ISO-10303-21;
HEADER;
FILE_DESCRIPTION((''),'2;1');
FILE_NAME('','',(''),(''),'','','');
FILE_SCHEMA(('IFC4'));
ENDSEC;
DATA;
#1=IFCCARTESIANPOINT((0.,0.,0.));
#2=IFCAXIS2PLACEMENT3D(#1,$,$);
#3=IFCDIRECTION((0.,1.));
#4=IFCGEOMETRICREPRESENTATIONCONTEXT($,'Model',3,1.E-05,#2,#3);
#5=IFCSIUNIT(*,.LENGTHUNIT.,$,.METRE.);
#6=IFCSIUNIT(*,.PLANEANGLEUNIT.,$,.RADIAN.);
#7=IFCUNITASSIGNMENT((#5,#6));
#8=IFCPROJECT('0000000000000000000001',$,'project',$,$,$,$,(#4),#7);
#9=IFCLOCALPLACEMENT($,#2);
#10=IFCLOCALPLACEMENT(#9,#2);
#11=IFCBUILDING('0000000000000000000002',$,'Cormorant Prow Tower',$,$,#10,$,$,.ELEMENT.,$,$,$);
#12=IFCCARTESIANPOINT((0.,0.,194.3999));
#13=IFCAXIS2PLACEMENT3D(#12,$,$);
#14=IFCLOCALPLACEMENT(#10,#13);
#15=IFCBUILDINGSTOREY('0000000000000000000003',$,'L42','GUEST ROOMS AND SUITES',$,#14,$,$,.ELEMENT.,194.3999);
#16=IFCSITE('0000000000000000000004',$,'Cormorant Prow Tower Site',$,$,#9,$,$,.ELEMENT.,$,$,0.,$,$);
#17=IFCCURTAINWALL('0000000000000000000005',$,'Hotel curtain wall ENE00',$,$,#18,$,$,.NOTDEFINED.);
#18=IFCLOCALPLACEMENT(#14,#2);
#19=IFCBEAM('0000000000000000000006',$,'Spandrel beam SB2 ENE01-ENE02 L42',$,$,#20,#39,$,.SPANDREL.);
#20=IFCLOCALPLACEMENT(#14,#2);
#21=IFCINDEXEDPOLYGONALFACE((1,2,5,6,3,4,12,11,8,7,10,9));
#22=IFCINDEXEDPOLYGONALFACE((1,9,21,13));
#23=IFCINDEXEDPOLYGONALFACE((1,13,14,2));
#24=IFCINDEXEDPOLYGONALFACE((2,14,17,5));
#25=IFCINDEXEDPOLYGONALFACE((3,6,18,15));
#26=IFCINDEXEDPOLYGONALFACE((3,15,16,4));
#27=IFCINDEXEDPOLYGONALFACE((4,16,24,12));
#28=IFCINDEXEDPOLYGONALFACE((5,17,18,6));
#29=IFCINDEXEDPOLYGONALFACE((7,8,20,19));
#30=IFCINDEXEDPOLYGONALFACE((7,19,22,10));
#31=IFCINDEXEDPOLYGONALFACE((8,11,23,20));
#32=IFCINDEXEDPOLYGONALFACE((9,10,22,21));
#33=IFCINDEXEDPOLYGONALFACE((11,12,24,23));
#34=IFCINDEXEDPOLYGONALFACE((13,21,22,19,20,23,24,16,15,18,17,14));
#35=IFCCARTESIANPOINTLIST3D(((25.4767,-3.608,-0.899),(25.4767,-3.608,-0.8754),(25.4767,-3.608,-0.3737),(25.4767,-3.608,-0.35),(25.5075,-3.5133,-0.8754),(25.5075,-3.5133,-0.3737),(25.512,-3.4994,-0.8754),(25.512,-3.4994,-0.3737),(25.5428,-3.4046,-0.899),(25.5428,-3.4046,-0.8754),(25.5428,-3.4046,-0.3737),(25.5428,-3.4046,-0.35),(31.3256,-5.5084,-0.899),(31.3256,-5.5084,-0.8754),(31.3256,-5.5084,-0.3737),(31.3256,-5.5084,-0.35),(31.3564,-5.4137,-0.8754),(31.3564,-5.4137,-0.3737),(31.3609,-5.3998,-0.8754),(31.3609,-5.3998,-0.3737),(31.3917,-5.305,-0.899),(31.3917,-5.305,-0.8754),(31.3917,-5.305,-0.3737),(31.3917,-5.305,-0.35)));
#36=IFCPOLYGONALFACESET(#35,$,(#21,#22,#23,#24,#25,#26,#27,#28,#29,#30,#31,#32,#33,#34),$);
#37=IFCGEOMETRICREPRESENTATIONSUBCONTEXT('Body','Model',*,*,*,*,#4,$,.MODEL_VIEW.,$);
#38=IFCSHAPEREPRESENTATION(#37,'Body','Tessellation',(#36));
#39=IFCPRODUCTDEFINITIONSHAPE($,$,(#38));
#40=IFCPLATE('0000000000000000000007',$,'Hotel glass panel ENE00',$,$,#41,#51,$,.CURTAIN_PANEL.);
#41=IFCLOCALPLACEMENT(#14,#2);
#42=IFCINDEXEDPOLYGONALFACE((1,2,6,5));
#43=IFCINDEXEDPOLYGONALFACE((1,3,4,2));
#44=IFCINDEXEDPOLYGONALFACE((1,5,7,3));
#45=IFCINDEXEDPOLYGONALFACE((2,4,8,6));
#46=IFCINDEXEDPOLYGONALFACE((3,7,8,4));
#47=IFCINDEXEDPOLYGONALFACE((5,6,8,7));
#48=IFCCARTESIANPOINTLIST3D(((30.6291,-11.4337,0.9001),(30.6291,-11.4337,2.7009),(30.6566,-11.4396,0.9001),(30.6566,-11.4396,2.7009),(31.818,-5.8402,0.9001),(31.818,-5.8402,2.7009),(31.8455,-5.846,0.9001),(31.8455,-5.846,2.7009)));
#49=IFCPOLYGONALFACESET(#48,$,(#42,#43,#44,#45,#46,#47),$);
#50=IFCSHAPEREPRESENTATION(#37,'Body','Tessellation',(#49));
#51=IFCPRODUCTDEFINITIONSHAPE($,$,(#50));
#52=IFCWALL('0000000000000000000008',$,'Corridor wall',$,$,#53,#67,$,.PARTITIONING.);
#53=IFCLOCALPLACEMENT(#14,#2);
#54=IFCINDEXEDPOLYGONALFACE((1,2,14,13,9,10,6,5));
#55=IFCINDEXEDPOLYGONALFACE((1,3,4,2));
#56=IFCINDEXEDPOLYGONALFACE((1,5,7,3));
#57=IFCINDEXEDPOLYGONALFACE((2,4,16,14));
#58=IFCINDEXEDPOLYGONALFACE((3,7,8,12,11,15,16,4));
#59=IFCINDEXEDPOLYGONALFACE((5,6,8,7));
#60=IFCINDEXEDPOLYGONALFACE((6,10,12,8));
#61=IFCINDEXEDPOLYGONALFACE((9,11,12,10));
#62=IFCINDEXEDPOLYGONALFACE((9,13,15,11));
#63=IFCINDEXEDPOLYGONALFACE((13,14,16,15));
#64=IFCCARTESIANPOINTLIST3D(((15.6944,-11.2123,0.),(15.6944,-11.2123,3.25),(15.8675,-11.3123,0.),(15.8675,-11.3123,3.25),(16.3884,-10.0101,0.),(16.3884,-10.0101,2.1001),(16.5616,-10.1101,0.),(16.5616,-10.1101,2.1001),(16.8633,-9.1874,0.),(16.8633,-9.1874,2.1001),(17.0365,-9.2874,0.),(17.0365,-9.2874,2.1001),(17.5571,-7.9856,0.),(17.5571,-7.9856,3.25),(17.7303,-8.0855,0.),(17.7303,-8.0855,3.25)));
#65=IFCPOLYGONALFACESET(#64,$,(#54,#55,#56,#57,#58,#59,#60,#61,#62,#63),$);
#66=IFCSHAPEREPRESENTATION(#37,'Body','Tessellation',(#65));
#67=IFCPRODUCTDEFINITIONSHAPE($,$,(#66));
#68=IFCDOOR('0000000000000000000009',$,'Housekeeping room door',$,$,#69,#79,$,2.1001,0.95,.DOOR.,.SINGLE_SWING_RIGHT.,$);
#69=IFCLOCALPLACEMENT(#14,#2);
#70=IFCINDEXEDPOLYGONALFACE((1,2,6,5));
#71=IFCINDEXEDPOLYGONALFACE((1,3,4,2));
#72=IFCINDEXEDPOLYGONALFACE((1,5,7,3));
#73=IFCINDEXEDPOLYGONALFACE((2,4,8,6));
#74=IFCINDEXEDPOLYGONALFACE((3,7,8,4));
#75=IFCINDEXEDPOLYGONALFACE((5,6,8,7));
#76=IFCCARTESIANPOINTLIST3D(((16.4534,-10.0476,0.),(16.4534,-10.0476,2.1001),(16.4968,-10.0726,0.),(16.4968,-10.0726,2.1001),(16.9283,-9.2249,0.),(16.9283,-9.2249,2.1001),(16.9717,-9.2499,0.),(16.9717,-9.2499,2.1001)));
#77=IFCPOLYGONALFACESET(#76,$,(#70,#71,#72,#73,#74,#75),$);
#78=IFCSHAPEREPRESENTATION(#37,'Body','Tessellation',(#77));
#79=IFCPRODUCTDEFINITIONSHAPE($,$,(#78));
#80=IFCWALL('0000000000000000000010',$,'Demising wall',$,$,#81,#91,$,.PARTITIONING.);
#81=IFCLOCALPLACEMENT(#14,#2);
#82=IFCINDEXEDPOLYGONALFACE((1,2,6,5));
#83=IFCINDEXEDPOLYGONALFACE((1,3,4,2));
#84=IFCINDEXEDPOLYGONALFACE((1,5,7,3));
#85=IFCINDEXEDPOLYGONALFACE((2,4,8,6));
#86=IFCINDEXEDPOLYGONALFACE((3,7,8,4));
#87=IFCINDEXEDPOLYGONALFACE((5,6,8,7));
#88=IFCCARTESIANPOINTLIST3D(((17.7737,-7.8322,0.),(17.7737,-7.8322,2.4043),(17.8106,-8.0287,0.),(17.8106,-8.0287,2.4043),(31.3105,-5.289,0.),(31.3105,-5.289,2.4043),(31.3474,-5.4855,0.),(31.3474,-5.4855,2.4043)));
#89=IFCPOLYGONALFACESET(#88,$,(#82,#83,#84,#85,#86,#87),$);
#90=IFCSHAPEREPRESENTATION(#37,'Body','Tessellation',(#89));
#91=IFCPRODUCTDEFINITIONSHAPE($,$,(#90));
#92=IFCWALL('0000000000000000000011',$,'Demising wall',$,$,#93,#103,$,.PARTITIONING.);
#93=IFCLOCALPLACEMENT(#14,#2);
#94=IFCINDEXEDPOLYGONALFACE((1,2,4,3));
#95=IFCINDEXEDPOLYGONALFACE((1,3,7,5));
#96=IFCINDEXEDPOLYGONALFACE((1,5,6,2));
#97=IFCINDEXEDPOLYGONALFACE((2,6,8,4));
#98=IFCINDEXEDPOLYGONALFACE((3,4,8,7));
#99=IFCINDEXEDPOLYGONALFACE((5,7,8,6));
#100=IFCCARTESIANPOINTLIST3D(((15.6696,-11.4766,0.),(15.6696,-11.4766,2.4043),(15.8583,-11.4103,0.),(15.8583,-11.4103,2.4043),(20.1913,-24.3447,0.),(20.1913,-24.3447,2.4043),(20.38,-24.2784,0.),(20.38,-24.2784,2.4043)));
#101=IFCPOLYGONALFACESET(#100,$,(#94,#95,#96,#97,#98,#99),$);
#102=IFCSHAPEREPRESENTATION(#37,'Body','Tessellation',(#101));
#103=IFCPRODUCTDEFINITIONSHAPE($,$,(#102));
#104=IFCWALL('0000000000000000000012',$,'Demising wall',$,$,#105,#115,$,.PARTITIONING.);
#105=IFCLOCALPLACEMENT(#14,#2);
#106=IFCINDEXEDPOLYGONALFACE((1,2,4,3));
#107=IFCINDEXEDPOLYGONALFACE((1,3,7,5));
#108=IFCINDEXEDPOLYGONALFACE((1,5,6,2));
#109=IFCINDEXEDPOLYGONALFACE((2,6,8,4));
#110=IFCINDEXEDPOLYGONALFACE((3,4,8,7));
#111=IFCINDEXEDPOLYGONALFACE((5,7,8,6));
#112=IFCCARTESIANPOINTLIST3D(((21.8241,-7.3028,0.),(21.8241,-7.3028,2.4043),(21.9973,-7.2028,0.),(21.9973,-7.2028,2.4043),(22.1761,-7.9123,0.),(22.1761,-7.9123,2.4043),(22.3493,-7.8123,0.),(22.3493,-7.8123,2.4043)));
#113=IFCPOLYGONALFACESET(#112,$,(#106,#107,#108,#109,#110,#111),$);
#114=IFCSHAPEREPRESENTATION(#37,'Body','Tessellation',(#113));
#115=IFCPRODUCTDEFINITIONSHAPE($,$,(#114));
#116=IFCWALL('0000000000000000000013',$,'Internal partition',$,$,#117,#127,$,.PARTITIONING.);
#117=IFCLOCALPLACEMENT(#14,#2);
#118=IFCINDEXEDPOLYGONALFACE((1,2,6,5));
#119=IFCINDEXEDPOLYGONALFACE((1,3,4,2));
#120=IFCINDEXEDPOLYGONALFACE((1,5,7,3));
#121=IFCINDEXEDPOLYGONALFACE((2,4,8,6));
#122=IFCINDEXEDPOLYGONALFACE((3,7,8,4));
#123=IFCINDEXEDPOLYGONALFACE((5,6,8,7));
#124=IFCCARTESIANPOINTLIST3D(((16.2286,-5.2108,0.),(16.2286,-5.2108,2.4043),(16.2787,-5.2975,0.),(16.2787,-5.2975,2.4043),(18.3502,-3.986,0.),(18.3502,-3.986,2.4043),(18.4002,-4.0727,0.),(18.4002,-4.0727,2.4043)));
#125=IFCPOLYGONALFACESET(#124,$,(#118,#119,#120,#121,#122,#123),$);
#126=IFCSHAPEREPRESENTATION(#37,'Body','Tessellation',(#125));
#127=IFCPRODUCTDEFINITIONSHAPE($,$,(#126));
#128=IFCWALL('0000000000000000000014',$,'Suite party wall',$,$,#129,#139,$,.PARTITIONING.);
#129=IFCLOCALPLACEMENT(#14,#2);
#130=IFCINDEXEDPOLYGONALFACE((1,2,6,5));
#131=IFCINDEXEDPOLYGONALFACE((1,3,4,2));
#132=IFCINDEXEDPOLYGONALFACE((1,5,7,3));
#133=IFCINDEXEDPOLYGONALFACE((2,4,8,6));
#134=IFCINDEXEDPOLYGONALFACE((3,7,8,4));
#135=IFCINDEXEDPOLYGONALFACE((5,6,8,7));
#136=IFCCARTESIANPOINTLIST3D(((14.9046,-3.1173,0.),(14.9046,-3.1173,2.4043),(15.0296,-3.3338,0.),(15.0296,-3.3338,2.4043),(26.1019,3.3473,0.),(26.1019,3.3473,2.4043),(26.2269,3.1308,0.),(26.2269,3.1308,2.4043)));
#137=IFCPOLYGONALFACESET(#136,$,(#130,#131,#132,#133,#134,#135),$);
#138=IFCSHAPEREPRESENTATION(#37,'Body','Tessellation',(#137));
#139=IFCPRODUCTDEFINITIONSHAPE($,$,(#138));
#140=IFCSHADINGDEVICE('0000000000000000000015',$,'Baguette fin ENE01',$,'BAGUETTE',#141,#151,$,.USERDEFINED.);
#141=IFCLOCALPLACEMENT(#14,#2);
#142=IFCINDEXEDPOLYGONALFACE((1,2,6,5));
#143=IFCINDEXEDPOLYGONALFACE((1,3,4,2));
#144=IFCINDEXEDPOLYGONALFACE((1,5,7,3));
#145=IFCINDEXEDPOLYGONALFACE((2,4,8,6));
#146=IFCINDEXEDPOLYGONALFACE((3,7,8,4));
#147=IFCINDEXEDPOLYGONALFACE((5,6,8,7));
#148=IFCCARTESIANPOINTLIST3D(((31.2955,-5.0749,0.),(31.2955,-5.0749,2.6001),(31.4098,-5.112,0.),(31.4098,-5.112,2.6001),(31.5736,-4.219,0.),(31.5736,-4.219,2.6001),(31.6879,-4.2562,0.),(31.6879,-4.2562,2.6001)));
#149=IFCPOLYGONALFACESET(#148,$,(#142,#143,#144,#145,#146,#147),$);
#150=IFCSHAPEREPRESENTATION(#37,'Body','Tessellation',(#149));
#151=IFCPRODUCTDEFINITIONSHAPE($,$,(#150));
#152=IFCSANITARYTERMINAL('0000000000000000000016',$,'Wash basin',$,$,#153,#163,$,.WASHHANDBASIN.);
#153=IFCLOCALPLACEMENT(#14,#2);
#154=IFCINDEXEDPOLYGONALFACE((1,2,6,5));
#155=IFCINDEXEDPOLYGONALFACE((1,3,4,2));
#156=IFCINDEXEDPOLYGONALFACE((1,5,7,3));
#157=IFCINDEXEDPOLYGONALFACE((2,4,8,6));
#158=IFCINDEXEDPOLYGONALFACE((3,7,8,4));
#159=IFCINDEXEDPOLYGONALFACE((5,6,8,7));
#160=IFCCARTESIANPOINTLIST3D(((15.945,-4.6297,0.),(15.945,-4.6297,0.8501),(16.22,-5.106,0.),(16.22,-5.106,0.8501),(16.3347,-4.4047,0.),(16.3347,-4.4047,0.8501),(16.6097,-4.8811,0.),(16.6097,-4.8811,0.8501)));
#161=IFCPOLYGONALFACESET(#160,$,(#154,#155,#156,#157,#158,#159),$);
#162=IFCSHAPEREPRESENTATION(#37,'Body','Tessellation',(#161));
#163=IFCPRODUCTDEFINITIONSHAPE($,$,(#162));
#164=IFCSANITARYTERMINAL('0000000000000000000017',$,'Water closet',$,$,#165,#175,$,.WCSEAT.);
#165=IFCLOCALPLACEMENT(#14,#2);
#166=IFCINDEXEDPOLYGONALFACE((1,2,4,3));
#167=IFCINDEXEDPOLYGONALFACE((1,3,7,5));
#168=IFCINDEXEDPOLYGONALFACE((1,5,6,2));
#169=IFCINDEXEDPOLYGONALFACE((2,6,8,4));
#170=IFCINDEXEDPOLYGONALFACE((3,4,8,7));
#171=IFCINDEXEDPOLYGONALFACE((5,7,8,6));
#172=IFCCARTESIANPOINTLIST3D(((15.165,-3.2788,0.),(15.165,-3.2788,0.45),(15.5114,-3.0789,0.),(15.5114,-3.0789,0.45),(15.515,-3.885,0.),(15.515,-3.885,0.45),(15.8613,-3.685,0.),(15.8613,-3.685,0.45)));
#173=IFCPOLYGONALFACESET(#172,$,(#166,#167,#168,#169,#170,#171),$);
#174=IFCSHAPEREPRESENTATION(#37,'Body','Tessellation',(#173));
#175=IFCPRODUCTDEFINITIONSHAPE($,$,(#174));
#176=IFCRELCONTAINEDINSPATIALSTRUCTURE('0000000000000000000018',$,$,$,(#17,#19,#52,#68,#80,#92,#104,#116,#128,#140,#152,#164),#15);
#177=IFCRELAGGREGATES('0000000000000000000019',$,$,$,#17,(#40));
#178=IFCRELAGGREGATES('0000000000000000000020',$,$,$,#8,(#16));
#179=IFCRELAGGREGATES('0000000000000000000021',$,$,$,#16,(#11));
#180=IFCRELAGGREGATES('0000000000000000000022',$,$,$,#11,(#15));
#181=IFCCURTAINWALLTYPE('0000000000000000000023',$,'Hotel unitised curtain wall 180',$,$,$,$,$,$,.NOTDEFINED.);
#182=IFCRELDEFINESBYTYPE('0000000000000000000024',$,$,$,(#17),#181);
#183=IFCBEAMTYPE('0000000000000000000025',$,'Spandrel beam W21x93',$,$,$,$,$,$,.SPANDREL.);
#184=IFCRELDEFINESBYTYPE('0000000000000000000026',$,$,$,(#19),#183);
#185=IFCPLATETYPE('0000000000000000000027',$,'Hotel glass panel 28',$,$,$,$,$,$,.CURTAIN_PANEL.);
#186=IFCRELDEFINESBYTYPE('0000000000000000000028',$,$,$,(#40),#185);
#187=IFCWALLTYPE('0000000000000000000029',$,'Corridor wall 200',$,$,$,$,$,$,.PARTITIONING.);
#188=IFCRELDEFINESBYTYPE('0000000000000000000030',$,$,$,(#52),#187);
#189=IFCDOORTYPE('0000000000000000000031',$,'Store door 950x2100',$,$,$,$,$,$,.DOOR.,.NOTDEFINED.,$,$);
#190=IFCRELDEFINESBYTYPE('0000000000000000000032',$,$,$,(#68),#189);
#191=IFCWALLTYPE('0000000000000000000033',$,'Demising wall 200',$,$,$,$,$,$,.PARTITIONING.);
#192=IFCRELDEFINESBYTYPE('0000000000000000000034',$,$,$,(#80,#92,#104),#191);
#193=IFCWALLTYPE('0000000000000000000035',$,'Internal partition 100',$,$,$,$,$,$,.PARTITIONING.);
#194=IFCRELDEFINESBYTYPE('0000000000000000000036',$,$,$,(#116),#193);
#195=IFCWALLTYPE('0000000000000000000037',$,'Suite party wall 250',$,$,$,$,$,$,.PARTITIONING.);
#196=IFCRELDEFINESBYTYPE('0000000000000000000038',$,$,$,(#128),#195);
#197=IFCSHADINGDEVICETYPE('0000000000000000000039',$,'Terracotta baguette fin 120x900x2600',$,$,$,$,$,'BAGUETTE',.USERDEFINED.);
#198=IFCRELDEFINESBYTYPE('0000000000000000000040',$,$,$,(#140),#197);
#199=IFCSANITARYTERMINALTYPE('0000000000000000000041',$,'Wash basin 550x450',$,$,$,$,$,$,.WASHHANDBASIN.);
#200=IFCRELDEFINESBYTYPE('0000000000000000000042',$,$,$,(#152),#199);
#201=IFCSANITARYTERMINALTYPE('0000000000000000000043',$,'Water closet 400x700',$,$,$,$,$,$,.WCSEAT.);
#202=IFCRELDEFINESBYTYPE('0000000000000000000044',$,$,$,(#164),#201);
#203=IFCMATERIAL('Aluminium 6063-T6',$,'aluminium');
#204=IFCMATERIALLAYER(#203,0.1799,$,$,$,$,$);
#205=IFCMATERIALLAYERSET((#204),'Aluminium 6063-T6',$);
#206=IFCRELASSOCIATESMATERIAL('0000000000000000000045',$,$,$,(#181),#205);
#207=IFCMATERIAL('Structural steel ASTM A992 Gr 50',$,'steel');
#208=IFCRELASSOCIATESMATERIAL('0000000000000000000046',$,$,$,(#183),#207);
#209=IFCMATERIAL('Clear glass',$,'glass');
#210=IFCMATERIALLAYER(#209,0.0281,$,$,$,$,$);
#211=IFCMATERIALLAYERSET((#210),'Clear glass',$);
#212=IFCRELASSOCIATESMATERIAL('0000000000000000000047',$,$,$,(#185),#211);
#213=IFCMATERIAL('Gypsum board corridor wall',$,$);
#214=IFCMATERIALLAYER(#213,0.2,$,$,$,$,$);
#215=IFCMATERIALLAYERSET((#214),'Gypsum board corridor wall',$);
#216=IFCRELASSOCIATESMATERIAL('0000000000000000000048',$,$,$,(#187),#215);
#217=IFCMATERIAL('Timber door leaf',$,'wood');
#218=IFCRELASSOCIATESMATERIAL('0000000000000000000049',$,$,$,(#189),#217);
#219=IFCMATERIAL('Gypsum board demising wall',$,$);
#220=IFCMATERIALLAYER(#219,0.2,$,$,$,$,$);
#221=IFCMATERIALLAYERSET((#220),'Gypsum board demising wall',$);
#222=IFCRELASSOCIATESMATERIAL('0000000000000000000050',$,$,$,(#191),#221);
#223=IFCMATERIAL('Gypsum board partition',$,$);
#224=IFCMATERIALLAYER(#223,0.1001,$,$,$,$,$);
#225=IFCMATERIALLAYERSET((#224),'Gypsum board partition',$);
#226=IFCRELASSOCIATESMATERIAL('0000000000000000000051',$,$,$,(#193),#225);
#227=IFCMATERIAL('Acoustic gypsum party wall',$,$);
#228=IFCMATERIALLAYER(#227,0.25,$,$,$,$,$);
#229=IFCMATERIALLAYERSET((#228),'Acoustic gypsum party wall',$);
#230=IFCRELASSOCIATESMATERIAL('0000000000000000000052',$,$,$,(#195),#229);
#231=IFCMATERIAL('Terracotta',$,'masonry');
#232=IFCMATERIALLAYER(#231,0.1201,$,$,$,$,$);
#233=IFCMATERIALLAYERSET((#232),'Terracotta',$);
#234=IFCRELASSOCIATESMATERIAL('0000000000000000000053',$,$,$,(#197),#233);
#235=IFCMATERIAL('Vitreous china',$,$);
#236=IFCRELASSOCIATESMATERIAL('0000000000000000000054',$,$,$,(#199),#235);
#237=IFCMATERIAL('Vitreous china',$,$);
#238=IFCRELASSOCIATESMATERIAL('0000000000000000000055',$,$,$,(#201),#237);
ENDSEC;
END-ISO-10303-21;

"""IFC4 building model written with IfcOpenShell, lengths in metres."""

from ifc_helpers import new_model, si_unit, direction, frame, frame_2d, origin, origin_2d, place, context, subcontext, project, spatial, rectangle, i_section, extrude, material, layer, layer_set, material_profile, profile_set, type_object, element, fill, aggregate, save


model = new_model("IFC4")

# Units and contexts
model_context = context("Model", 3, precision=1e-05, world=origin(), true_north=direction((0.0, 1.0)))
body_context = subcontext(model_context, "Body", "Model", "MODEL_VIEW")
ifc_project = project(units=[si_unit("LENGTHUNIT", "METRE"), si_unit("PLANEANGLEUNIT", "RADIAN")], contexts=[model_context])

# Site, building, storey
site_placement = place(None, origin())
site = spatial("IfcSite", under=ifc_project, at=site_placement, Name="Cormorant Prow Tower Site", CompositionType="ELEMENT", RefElevation=0.0)
building_placement = place(site_placement, origin())
building = spatial("IfcBuilding", under=site, at=building_placement, Name="Cormorant Prow Tower", CompositionType="ELEMENT")
storey_placement = place(building_placement, frame((0.0, 0.0, 194.3999)))
storey = spatial("IfcBuildingStorey", under=building, at=storey_placement, Name="L42", Description="GUEST ROOMS AND SUITES", CompositionType="ELEMENT", Elevation=194.3999)

# Curtain wall
ifc_material_1 = material(Name="Aluminium 6063-T6", Category="aluminium")
ifc_layer_1 = layer(ifc_material_1, 0.1799)
ifc_layer_set_1 = layer_set([ifc_layer_1], Name="Aluminium 6063-T6")
curtain_wall_type = type_object("IfcCurtainWallType", Name="Hotel unitised curtain wall 180", PredefinedType="NOTDEFINED", material=ifc_layer_set_1)
curtain_wall_placement = place(storey_placement, origin())
curtain_wall = element("IfcCurtainWall", 1, at=curtain_wall_placement, inside=storey, type_object=curtain_wall_type, Name="Hotel curtain wall ENE00", PredefinedType="NOTDEFINED")

# Beam
ifc_material_2 = material(Name="Structural steel ASTM A992 Gr 50", Category="steel")
ifc_material_profile_1 = material_profile(ifc_material_2, i_section(OverallWidth=0.2139, OverallDepth=0.5491, WebThickness=0.0146, FlangeThickness=0.0237, at=origin_2d()), Name="W21x93")
ifc_profile_set_1 = profile_set([ifc_material_profile_1], Name="Structural steel ASTM A992 Gr 50")
beam_type_1 = type_object("IfcBeamType", Name="Spandrel beam W21x93", PredefinedType="SPANDREL", material=ifc_profile_set_1)
beam_1_placement = place(storey_placement, frame((31.3586, -5.4067, -0.6245), z_axis=(-0.951058, 0.309013, 0.0), x_axis=(-0.309013, -0.951058, 0.0)))
element("IfcBeam", 2, at=beam_1_placement, inside=storey, type_object=beam_type_1, Name="Spandrel beam SB2 ENE01-ENE02 L42", PredefinedType="SPANDREL", context=body_context, shape_type="SweptSolid", body=[
    extrude(i_section(OverallWidth=0.2139, OverallDepth=0.5491, WebThickness=0.0146, FlangeThickness=0.0237, at=origin_2d()), origin(), (0.0, 0.0, 1.0), 6.1499),
])

# Plate
ifc_material_3 = material(Name="Clear glass", Category="glass")
ifc_layer_2 = layer(ifc_material_3, 0.0281)
ifc_layer_set_2 = layer_set([ifc_layer_2], Name="Clear glass")
plate_type = type_object("IfcPlateType", Name="Hotel glass panel 28", PredefinedType="CURTAIN_PANEL", material=ifc_layer_set_2)
plate_placement = place(storey_placement, frame((31.2373, -8.6399, 0.9001), z_axis=(0.0, 0.0, 1.0), x_axis=(0.207912, 0.978148, 0.0)))
plate = element("IfcPlate", 3, at=plate_placement, type_object=plate_type, Name="Hotel glass panel ENE00", PredefinedType="CURTAIN_PANEL", context=body_context, shape_type="SweptSolid", body=[
    extrude(rectangle(XDim=5.7185, YDim=0.0281, at=origin_2d()), origin(), (0.0, 0.0, 1.0), 1.8008),
])
aggregate(curtain_wall, [plate])

# Wall, opening, door
ifc_material_4 = material(Name="Gypsum board corridor wall")
ifc_layer_3 = layer(ifc_material_4, 0.2)
ifc_layer_set_3 = layer_set([ifc_layer_3], Name="Gypsum board corridor wall")
wall_type_1 = type_object("IfcWallType", Name="Corridor wall 200", PredefinedType="PARTITIONING", material=ifc_layer_set_3)
wall_1_placement = place(storey_placement, frame((15.781, -11.2622, 0.0), z_axis=(0.0, 0.0, 1.0), x_axis=(0.499959, 0.866049, 0.0)))
wall_1 = element("IfcWall", 4, at=wall_1_placement, inside=storey, type_object=wall_type_1, Name="Corridor wall", PredefinedType="PARTITIONING", context=body_context, shape_type="SweptSolid", body=[
    extrude(rectangle(XDim=3.7258, YDim=0.2, at=frame_2d((1.8628, 0.0))), origin(), (0.0, 0.0, 1.0), 3.25),
])
opening_1_placement = place(wall_1_placement, frame((1.3879, 0.0, 0.0)))
opening_1 = element("IfcOpeningElement", 5, at=opening_1_placement, cuts=wall_1, PredefinedType="OPENING", context=body_context, shape_type="SweptSolid", body=[
    extrude(rectangle(XDim=0.95, YDim=2.1001, at=frame_2d((0.4751, 1.05))), frame((0.0, 0.1099, 0.0), z_axis=(0.0, -1.0, 0.0), x_axis=(1.0, 0.0, 0.0)), (0.0, 0.0, 1.0), 0.22),
])
ifc_material_5 = material(Name="Timber door leaf", Category="wood")
door_type_1 = type_object("IfcDoorType", Name="Store door 950x2100", OperationType="NOTDEFINED", PredefinedType="DOOR", material=ifc_material_5)
door_1_placement = place(opening_1_placement, origin())
door_1 = element("IfcDoor", 6, at=door_1_placement, inside=storey, type_object=door_type_1, Name="Housekeeping room door", OperationType="SINGLE_SWING_RIGHT", OverallHeight=2.1001, OverallWidth=0.95, PredefinedType="DOOR", context=body_context, shape_type="SweptSolid", body=[
    extrude(rectangle(XDim=0.95, YDim=2.1001, at=frame_2d((0.4751, 1.05))), frame((0.0, 0.0249, 0.0), z_axis=(0.0, -1.0, 0.0), x_axis=(1.0, 0.0, 0.0)), (0.0, 0.0, 1.0), 0.05),
])
fill(opening_1, door_1)

# Walls
ifc_material_6 = material(Name="Gypsum board demising wall")
ifc_layer_4 = layer(ifc_material_6, 0.2)
ifc_layer_set_4 = layer_set([ifc_layer_4], Name="Gypsum board demising wall")
wall_type_2 = type_object("IfcWallType", Name="Demising wall 200", PredefinedType="PARTITIONING", material=ifc_layer_set_4)
wall_2_placement = place(storey_placement, frame((17.7922, -7.9304, 0.0), z_axis=(0.0, 0.0, 1.0), x_axis=(0.982806, 0.184643, 0.0)))
element("IfcWall", 7, at=wall_2_placement, inside=storey, type_object=wall_type_2, Name="Demising wall", PredefinedType="PARTITIONING", context=body_context, shape_type="SweptSolid", body=[
    extrude(rectangle(XDim=13.7737, YDim=0.2, at=frame_2d((6.8867, 0.0))), origin(), (0.0, 0.0, 1.0), 2.4043),
])
wall_3_placement = place(storey_placement, frame((15.7639, -11.4434, 0.0), z_axis=(0.0, 0.0, 1.0), x_axis=(0.331517, -0.943449, 0.0)))
element("IfcWall", 8, at=wall_3_placement, inside=storey, type_object=wall_type_2, Name="Demising wall", PredefinedType="PARTITIONING", context=body_context, shape_type="SweptSolid", body=[
    extrude(rectangle(XDim=13.6394, YDim=0.2, at=frame_2d((6.8198, 0.0))), origin(), (0.0, 0.0, 1.0), 2.4043),
])
wall_4_placement = place(storey_placement, frame((21.9106, -7.2527, 0.0), z_axis=(0.0, 0.0, 1.0), x_axis=(0.500093, -0.865972, 0.0)))
element("IfcWall", 9, at=wall_4_placement, inside=storey, type_object=wall_type_2, Name="Demising wall", PredefinedType="PARTITIONING", context=body_context, shape_type="SweptSolid", body=[
    extrude(rectangle(XDim=0.7039, YDim=0.2, at=frame_2d((0.3521, 0.0))), origin(), (0.0, 0.0, 1.0), 2.4043),
])
ifc_material_7 = material(Name="Gypsum board partition")
ifc_layer_5 = layer(ifc_material_7, 0.1001)
ifc_layer_set_5 = layer_set([ifc_layer_5], Name="Gypsum board partition")
wall_type_3 = type_object("IfcWallType", Name="Internal partition 100", PredefinedType="PARTITIONING", material=ifc_layer_set_5)
wall_5_placement = place(storey_placement, frame((16.2537, -5.2542, 0.0), z_axis=(0.0, 0.0, 1.0), x_axis=(0.866033, 0.499987, 0.0)))
element("IfcWall", 10, at=wall_5_placement, inside=storey, type_object=wall_type_3, Name="Internal partition", PredefinedType="PARTITIONING", context=body_context, shape_type="SweptSolid", body=[
    extrude(rectangle(XDim=2.4497, YDim=0.1001, at=frame_2d((1.2249, 0.0))), origin(), (0.0, 0.0, 1.0), 2.4043),
])
ifc_material_8 = material(Name="Acoustic gypsum party wall")
ifc_layer_6 = layer(ifc_material_8, 0.25)
ifc_layer_set_6 = layer_set([ifc_layer_6], Name="Acoustic gypsum party wall")
wall_type_4 = type_object("IfcWallType", Name="Suite party wall 250", PredefinedType="PARTITIONING", material=ifc_layer_set_6)
wall_6_placement = place(storey_placement, frame((14.967, -3.2256, 0.0), z_axis=(0.0, 0.0, 1.0), x_axis=(0.86603, 0.499992, 0.0)))
element("IfcWall", 11, at=wall_6_placement, inside=storey, type_object=wall_type_4, Name="Suite party wall", PredefinedType="PARTITIONING", context=body_context, shape_type="SweptSolid", body=[
    extrude(rectangle(XDim=12.9294, YDim=0.25, at=frame_2d((6.4648, 0.0))), origin(), (0.0, 0.0, 1.0), 2.4043),
])

# Shading device
ifc_material_9 = material(Name="Terracotta", Category="masonry")
ifc_layer_7 = layer(ifc_material_9, 0.1201)
ifc_layer_set_7 = layer_set([ifc_layer_7], Name="Terracotta")
shading_device_type = type_object("IfcShadingDeviceType", Name="Terracotta baguette fin 120x900x2600", ElementType="BAGUETTE", PredefinedType="USERDEFINED", material=ifc_layer_set_7)
shading_device_placement = place(storey_placement, frame((31.4917, -4.6655, 0.0), z_axis=(0.0, 0.0, 1.0), x_axis=(-0.951056, 0.309017, 0.0)))
element("IfcShadingDevice", 12, at=shading_device_placement, inside=storey, type_object=shading_device_type, Name="Baguette fin ENE01", ObjectType="BAGUETTE", PredefinedType="USERDEFINED", context=body_context, shape_type="SweptSolid", body=[
    extrude(rectangle(XDim=0.1201, YDim=0.8999, at=origin_2d()), origin(), (0.0, 0.0, 1.0), 2.6001),
])

# Sanitary terminals
ifc_material_10 = material(Name="Vitreous china")
sanitary_terminal_type_1 = type_object("IfcSanitaryTerminalType", Name="Wash basin 550x450", PredefinedType="WASHHANDBASIN", material=ifc_material_10)
sanitary_terminal_1_placement = place(storey_placement, frame((16.2773, -4.7554, 0.0), z_axis=(0.0, 0.0, 1.0), x_axis=(-0.5, 0.866025, 0.0)))
element("IfcSanitaryTerminal", 13, at=sanitary_terminal_1_placement, inside=storey, type_object=sanitary_terminal_type_1, Name="Wash basin", PredefinedType="WASHHANDBASIN", context=body_context, shape_type="SweptSolid", body=[
    extrude(rectangle(XDim=0.55, YDim=0.45, at=origin_2d()), origin(), (0.0, 0.0, 1.0), 0.8501),
])
ifc_material_11 = material(Name="Vitreous china")
sanitary_terminal_type_2 = type_object("IfcSanitaryTerminalType", Name="Water closet 400x700", PredefinedType="WCSEAT", material=ifc_material_11)
sanitary_terminal_2_placement = place(storey_placement, frame((15.5132, -3.4819, 0.0), z_axis=(0.0, 0.0, 1.0), x_axis=(0.866025, 0.5, 0.0)))
element("IfcSanitaryTerminal", 14, at=sanitary_terminal_2_placement, inside=storey, type_object=sanitary_terminal_type_2, Name="Water closet", PredefinedType="WCSEAT", context=body_context, shape_type="SweptSolid", body=[
    extrude(rectangle(XDim=0.3999, YDim=0.7, at=origin_2d()), origin(), (0.0, 0.0, 1.0), 0.45),
])

save(model, "model.ifc")
